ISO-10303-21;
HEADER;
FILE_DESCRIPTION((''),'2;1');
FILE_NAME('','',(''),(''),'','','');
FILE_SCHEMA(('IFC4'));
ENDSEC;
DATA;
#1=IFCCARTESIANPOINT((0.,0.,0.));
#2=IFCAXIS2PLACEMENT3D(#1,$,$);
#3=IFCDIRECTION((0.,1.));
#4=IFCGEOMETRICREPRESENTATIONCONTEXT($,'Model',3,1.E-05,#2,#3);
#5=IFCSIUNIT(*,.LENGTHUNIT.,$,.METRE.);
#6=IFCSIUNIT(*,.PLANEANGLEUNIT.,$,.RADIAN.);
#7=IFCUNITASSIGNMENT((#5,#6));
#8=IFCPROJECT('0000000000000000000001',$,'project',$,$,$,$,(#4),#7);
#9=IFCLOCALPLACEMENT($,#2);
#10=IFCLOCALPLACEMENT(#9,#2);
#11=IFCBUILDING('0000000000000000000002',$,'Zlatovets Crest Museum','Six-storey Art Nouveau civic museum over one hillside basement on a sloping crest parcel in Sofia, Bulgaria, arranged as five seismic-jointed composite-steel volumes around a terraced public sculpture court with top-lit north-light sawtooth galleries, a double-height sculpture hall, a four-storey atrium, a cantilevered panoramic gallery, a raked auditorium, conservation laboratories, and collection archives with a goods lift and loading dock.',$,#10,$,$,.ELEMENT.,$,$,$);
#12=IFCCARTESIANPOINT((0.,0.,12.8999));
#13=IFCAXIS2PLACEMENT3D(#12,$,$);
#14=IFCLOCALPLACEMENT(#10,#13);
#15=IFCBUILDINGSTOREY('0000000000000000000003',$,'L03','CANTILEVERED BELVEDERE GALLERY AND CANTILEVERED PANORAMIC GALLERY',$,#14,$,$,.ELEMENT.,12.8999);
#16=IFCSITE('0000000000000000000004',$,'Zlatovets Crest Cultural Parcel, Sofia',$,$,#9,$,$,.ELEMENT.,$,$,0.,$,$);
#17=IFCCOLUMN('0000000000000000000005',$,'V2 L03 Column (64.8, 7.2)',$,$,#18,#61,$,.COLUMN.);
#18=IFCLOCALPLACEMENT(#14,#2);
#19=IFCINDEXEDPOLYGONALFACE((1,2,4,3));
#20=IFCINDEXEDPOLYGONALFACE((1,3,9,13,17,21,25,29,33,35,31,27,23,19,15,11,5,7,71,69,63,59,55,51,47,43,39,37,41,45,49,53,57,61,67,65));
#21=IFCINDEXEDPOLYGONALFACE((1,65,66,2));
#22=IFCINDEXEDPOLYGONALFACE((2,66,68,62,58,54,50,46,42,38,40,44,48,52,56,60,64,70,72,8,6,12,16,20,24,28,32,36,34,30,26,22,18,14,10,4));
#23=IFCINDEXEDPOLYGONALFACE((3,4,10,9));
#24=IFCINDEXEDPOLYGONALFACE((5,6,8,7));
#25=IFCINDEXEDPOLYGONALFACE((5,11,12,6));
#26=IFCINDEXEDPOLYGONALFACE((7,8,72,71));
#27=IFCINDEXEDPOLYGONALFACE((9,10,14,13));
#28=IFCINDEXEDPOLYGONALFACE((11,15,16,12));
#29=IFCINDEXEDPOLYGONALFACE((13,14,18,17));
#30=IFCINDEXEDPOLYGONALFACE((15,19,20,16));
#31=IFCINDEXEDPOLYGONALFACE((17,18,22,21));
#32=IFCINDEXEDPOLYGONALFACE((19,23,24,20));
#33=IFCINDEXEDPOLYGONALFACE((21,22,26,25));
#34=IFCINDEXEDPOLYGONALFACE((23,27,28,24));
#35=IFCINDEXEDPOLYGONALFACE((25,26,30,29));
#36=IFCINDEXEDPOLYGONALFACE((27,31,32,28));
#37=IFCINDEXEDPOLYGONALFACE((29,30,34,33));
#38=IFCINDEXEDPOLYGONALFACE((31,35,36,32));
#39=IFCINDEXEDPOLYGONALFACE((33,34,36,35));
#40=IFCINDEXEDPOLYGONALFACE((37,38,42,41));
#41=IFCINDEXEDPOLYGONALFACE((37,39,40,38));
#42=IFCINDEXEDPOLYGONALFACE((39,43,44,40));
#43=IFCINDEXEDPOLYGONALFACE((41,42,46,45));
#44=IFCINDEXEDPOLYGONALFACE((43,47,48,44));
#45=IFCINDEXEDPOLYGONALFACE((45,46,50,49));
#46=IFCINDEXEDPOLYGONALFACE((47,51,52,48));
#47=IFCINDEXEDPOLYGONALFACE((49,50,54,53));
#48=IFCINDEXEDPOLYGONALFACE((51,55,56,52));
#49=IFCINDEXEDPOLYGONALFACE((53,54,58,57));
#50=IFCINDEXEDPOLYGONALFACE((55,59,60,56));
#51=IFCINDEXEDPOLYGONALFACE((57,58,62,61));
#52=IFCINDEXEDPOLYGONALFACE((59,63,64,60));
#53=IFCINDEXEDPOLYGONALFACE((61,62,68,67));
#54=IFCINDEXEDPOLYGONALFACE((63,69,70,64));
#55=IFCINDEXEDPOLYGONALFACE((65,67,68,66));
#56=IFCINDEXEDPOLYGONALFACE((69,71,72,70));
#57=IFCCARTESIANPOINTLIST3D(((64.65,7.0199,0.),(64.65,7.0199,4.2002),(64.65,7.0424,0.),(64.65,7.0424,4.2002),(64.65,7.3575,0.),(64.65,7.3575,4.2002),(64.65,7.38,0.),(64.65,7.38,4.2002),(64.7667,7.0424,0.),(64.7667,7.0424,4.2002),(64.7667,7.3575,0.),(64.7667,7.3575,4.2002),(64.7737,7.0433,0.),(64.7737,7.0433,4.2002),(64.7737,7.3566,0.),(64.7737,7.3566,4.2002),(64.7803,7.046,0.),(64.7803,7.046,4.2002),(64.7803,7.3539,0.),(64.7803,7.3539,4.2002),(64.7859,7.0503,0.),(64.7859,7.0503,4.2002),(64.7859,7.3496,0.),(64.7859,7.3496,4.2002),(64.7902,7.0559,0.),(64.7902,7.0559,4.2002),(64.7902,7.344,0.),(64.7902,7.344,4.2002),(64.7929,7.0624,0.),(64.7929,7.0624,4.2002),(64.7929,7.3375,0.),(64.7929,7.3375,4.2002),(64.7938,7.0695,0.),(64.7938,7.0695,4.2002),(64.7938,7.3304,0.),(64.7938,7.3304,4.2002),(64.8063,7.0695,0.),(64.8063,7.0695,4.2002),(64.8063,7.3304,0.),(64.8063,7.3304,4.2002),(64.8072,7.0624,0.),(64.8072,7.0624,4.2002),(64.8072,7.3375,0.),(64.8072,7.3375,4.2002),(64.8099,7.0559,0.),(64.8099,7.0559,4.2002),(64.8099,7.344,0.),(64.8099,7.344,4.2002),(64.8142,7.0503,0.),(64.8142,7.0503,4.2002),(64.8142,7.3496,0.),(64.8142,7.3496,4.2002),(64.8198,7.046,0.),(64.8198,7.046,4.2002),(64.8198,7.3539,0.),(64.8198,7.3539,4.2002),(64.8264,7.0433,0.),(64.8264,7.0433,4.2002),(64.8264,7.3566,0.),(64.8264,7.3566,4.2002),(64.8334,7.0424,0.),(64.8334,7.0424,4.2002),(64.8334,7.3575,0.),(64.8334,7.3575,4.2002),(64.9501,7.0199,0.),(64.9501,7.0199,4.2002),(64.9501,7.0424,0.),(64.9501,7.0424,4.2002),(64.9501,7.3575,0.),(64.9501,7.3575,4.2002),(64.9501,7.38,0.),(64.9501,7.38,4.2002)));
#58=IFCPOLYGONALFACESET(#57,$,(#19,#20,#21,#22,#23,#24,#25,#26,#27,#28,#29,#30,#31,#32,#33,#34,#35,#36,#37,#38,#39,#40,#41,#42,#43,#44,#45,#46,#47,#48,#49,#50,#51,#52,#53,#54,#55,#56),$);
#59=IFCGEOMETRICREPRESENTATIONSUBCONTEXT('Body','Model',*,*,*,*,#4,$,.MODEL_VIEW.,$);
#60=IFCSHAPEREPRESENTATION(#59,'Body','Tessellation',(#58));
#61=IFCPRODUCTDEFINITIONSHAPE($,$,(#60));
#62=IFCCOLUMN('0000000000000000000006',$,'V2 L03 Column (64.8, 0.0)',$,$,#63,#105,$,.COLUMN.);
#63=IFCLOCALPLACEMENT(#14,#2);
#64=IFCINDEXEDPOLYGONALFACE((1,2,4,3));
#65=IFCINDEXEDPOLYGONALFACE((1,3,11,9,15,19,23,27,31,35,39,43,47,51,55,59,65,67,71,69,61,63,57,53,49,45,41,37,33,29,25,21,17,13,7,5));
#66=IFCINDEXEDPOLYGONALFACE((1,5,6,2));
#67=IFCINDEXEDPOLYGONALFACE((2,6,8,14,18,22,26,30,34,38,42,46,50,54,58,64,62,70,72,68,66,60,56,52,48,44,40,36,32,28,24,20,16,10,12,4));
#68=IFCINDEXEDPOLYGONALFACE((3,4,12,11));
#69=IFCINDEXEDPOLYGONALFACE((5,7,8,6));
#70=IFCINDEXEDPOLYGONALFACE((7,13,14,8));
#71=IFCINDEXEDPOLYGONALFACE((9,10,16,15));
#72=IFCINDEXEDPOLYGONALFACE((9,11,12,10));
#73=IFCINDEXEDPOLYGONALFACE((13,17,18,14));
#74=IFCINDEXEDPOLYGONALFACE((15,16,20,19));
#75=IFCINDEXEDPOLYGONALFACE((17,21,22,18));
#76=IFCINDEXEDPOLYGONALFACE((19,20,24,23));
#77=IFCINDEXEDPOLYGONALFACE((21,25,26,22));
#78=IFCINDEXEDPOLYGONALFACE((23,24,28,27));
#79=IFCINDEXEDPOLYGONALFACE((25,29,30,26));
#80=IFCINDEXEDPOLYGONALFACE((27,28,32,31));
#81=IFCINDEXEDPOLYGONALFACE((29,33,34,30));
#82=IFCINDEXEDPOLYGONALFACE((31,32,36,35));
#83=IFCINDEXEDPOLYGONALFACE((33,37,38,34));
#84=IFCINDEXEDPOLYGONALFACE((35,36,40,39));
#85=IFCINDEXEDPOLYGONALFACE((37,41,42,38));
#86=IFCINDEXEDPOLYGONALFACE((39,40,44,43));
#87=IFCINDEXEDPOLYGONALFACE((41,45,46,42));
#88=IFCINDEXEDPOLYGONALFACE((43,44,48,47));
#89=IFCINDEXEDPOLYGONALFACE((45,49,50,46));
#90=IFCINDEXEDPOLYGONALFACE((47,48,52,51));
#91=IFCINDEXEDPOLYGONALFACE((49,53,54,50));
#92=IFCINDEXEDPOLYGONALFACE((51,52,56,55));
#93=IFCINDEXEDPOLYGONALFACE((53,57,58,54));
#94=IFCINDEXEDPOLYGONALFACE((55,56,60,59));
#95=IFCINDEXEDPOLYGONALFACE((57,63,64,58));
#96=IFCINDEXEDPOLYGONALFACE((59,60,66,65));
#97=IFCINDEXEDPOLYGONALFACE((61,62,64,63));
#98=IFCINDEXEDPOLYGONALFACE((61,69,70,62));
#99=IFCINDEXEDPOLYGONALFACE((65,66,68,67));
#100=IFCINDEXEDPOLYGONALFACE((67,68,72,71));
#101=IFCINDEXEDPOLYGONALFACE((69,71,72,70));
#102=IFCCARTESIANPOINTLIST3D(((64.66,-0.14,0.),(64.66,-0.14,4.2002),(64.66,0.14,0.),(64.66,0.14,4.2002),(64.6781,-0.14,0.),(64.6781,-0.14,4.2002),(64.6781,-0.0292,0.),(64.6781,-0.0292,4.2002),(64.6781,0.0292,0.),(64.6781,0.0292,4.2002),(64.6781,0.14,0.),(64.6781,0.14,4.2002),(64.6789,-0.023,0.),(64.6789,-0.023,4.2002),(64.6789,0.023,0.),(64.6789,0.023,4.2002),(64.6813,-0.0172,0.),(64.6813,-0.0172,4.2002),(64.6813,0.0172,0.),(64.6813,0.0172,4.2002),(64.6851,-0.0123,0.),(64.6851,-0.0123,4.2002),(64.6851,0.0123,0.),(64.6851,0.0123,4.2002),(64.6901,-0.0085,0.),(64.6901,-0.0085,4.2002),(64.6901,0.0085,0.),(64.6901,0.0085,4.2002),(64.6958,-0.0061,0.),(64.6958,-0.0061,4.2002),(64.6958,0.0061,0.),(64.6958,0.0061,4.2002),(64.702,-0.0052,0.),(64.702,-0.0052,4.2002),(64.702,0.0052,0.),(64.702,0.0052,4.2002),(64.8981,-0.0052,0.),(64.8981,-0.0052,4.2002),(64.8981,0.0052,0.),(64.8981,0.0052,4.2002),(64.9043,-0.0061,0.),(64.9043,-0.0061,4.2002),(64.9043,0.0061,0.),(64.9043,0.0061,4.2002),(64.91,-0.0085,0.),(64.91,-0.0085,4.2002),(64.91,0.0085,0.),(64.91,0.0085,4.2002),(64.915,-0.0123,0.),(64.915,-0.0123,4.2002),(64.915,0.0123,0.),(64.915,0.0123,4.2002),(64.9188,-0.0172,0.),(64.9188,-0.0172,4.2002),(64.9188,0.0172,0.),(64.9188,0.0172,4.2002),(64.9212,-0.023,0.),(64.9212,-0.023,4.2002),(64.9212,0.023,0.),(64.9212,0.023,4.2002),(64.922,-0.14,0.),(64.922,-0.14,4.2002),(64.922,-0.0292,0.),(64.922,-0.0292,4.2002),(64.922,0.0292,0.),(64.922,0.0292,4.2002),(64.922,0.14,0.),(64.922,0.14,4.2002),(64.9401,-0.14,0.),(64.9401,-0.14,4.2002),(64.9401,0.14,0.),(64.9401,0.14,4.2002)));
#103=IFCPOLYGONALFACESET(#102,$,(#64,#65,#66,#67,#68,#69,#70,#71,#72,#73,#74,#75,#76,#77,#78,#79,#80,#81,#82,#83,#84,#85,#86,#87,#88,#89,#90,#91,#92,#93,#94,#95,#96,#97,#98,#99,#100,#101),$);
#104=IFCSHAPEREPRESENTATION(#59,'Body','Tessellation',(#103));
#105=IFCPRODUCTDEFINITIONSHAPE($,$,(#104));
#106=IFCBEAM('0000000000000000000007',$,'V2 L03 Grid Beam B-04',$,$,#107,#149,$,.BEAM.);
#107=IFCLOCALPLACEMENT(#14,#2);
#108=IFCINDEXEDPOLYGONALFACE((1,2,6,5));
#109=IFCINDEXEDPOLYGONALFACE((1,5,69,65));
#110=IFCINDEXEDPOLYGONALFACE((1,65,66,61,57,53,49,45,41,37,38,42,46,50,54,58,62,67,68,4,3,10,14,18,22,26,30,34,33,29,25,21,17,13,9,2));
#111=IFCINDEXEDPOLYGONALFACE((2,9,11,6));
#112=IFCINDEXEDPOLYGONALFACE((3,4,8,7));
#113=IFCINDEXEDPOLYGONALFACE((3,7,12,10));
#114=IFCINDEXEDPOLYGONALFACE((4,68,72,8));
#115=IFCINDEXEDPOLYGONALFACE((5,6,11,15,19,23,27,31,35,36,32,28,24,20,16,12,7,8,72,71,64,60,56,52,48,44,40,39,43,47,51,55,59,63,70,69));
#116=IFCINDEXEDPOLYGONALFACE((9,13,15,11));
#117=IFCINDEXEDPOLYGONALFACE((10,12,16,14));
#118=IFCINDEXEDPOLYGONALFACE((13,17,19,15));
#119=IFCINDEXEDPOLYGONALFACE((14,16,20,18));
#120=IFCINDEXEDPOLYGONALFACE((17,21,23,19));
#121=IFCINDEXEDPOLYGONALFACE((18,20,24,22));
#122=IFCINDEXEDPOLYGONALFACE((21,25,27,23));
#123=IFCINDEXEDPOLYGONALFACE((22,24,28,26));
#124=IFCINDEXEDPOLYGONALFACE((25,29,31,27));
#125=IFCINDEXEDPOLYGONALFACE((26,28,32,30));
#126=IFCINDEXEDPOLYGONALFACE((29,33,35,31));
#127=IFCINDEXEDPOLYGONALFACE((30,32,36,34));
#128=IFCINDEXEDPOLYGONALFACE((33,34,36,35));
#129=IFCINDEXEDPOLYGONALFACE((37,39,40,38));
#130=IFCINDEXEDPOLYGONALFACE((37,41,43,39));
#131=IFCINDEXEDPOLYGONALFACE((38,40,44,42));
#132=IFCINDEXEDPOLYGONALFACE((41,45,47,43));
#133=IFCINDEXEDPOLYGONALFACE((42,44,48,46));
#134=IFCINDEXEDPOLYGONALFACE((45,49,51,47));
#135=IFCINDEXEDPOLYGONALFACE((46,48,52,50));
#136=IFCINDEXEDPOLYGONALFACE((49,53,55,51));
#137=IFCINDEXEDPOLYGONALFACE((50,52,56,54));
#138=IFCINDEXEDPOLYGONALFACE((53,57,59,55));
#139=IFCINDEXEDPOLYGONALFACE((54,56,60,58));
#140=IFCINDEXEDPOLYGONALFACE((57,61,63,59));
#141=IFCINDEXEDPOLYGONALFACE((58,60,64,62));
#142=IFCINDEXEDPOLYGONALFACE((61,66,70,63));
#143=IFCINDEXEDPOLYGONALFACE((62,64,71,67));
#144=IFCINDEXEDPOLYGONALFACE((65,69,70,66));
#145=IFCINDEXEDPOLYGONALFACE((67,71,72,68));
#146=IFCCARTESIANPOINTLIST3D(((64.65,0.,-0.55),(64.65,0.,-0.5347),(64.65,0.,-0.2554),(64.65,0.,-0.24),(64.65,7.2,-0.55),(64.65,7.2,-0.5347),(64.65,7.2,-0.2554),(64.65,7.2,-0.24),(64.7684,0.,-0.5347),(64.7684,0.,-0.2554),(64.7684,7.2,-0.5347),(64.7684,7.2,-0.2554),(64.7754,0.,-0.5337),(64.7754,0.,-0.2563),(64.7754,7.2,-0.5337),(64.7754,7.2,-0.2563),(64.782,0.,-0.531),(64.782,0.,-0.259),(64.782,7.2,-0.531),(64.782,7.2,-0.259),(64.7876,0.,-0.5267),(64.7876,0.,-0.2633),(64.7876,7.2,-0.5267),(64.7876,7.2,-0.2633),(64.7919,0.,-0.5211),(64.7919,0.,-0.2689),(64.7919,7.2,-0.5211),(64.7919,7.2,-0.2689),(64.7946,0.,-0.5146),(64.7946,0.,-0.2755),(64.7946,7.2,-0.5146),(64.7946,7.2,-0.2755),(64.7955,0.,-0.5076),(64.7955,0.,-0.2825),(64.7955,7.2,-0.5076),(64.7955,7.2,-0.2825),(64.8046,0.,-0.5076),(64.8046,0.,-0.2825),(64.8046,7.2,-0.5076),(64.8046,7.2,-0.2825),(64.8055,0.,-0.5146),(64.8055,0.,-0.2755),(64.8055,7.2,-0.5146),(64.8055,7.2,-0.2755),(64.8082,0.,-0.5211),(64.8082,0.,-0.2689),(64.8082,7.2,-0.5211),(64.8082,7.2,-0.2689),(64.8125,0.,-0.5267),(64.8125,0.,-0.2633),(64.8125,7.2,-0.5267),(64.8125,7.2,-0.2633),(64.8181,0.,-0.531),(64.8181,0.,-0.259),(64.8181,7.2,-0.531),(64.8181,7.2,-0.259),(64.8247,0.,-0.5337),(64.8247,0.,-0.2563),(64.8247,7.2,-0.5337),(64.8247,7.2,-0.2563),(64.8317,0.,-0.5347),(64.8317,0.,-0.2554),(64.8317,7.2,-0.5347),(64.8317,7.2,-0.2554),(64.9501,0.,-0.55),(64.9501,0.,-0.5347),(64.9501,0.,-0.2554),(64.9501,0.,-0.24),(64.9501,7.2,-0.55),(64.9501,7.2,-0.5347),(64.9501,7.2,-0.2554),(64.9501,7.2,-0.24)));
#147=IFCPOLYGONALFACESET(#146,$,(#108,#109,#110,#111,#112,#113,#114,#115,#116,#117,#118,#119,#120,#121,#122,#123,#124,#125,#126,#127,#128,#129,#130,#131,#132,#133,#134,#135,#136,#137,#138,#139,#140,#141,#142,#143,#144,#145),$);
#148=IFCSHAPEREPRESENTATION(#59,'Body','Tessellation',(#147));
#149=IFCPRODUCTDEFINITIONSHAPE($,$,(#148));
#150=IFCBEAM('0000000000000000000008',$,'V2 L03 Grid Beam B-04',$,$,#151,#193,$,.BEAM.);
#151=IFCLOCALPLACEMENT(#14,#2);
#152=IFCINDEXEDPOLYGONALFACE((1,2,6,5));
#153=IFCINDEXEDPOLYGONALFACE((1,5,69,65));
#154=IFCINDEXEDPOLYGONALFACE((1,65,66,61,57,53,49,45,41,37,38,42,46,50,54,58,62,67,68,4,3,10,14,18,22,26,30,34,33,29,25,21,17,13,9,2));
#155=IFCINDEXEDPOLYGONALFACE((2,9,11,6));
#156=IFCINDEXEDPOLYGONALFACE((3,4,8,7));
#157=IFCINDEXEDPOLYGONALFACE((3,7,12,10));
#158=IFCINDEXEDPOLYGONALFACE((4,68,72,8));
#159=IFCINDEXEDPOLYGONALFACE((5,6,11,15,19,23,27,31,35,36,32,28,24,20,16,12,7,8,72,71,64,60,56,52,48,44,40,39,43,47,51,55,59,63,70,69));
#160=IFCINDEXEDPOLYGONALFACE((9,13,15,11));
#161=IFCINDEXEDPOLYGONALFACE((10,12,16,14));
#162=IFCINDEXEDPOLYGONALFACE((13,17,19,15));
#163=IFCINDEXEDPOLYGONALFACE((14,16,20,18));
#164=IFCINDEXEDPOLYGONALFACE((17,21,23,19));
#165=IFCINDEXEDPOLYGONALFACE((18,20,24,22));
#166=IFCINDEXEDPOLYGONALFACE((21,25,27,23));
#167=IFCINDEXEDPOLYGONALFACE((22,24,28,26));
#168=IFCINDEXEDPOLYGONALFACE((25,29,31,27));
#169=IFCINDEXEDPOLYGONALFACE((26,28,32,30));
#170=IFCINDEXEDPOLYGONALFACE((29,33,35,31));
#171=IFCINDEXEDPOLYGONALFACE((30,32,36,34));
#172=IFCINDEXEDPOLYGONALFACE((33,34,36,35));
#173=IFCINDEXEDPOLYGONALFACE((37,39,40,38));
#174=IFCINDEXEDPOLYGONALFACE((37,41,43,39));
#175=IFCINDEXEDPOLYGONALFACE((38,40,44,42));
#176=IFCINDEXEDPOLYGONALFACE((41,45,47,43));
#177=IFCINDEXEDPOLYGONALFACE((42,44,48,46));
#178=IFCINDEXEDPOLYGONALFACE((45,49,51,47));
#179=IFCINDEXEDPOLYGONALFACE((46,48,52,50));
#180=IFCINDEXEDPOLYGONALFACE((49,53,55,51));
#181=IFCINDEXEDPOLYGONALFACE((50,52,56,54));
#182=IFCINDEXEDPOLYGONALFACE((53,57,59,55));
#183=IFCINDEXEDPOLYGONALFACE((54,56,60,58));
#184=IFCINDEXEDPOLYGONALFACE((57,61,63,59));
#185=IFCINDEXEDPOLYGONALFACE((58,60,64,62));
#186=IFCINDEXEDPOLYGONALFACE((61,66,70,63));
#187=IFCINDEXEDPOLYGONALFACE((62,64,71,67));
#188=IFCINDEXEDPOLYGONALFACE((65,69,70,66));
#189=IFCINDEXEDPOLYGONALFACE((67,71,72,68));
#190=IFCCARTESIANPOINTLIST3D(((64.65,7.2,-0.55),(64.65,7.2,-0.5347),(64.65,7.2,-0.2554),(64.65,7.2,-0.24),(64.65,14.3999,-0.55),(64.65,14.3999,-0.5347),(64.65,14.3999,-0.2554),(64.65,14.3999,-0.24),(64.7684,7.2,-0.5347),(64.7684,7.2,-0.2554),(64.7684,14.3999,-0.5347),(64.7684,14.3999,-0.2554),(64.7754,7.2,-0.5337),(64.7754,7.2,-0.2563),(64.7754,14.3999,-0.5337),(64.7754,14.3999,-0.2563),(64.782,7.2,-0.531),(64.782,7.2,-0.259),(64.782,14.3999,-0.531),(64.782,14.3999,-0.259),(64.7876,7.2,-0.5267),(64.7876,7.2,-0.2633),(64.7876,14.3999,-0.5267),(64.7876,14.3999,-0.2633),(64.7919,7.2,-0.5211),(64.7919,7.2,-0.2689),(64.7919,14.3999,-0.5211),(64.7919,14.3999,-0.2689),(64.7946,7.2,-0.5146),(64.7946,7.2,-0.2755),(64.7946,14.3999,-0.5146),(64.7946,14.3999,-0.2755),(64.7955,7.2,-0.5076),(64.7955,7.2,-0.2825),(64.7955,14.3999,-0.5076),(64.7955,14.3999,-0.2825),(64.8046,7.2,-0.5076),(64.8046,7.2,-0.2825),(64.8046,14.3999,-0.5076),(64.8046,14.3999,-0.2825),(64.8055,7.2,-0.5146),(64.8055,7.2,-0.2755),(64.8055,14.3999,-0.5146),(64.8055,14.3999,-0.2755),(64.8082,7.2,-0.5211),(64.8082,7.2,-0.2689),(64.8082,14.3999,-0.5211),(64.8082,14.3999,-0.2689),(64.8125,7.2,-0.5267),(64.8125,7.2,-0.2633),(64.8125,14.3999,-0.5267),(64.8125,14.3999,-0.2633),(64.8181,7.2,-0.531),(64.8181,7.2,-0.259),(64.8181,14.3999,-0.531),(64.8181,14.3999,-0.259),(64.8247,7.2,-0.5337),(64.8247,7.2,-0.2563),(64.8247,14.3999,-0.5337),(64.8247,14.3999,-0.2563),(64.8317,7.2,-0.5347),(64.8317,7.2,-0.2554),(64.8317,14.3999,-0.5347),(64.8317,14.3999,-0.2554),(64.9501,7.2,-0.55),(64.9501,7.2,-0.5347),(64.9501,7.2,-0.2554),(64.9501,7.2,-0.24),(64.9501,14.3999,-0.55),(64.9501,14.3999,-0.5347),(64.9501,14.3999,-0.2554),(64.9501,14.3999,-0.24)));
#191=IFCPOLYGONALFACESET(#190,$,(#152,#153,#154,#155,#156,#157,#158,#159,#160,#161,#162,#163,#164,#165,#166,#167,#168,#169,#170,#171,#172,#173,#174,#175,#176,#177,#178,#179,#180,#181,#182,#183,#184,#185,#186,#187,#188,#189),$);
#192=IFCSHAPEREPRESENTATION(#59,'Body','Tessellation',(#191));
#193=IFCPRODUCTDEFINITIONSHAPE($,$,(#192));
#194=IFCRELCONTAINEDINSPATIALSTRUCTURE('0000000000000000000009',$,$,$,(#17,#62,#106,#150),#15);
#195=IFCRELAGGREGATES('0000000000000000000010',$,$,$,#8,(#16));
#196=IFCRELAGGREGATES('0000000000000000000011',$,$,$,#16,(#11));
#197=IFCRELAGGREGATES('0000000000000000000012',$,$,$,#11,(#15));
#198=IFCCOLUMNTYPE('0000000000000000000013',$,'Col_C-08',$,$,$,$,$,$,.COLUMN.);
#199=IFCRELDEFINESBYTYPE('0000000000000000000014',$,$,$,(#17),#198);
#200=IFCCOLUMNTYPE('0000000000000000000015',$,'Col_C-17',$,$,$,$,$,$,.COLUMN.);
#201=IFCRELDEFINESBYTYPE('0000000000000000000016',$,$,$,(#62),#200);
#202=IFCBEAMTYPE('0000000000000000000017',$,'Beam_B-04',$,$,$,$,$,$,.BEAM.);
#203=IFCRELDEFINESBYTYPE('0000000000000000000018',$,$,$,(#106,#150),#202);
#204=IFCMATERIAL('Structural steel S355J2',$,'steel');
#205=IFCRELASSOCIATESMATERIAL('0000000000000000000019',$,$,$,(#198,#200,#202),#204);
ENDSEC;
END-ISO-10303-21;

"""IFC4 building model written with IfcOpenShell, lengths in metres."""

from ifc_helpers import new_model, si_unit, direction, frame, origin, origin_2d, place, context, subcontext, project, spatial, i_section, extrude, material, material_profile, profile_set, type_object, element, save


model = new_model("IFC4")

# Units and contexts
model_context = context("Model", 3, precision=1e-05, world=origin(), true_north=direction((0.0, 1.0)))
body_context = subcontext(model_context, "Body", "Model", "MODEL_VIEW")
ifc_project = project(units=[si_unit("LENGTHUNIT", "METRE"), si_unit("PLANEANGLEUNIT", "RADIAN")], contexts=[model_context])

# Site, building, storey
site_placement = place(None, origin())
site = spatial("IfcSite", under=ifc_project, at=site_placement, Name="Zlatovets Crest Cultural Parcel, Sofia", CompositionType="ELEMENT", RefElevation=0.0)
building_placement = place(site_placement, origin())
building = spatial("IfcBuilding", under=site, at=building_placement, Name="Zlatovets Crest Museum", Description="Six-storey Art Nouveau civic museum over one hillside basement on a sloping crest parcel in Sofia, Bulgaria, arranged as five seismic-jointed composite-steel volumes around a terraced public sculpture court with top-lit north-light sawtooth galleries, a double-height sculpture hall, a four-storey atrium, a cantilevered panoramic gallery, a raked auditorium, conservation laboratories, and collection archives with a goods lift and loading dock.", CompositionType="ELEMENT")
storey_placement = place(building_placement, frame((0.0, 0.0, 12.8999)))
storey = spatial("IfcBuildingStorey", under=building, at=storey_placement, Name="L03", Description="CANTILEVERED BELVEDERE GALLERY AND CANTILEVERED PANORAMIC GALLERY", CompositionType="ELEMENT", Elevation=12.8999)

# Columns
ifc_material_1 = material(Name="Structural steel S355J2", Category="steel")
ifc_material_profile_1 = material_profile(ifc_material_1, i_section(OverallWidth=0.3, OverallDepth=0.3601, WebThickness=0.0125, FlangeThickness=0.0225, FilletRadius=0.0271, at=origin_2d()), Name="HEB 360")
ifc_profile_set_1 = profile_set([ifc_material_profile_1], Name="Structural steel S355J2")
column_type_1 = type_object("IfcColumnType", Name="Col_C-08", PredefinedType="COLUMN", material=ifc_profile_set_1)
column_1_placement = place(storey_placement, frame((64.8, 7.2, 0.0), z_axis=(0.0, 0.0, 1.0), x_axis=(1.0, 0.0, 0.0)))
element("IfcColumn", 1, at=column_1_placement, inside=storey, type_object=column_type_1, Name="V2 L03 Column (64.8, 7.2)", PredefinedType="COLUMN", context=body_context, shape_type="SweptSolid", body=[
    extrude(i_section(OverallWidth=0.3, OverallDepth=0.3601, WebThickness=0.0125, FlangeThickness=0.0225, FilletRadius=0.0271, at=origin_2d()), origin(), (0.0, 0.0, 1.0), 4.2002),
])
ifc_material_profile_2 = material_profile(ifc_material_1, i_section(OverallWidth=0.28, OverallDepth=0.28, WebThickness=0.0105, FlangeThickness=0.0181, FilletRadius=0.0239, at=origin_2d()), Name="HEB 280")
ifc_profile_set_2 = profile_set([ifc_material_profile_2], Name="Structural steel S355J2")
column_type_2 = type_object("IfcColumnType", Name="Col_C-17", PredefinedType="COLUMN", material=ifc_profile_set_2)
column_2_placement = place(storey_placement, frame((64.8, 0.0, 0.0), z_axis=(0.0, 0.0, 1.0), x_axis=(0.0, 1.0, 0.0)))
element("IfcColumn", 2, at=column_2_placement, inside=storey, type_object=column_type_2, Name="V2 L03 Column (64.8, 0.0)", PredefinedType="COLUMN", context=body_context, shape_type="SweptSolid", body=[
    extrude(i_section(OverallWidth=0.28, OverallDepth=0.28, WebThickness=0.0105, FlangeThickness=0.0181, FilletRadius=0.0239, at=origin_2d()), origin(), (0.0, 0.0, 1.0), 4.2002),
])

# Beams
ifc_material_profile_3 = material_profile(ifc_material_1, i_section(OverallWidth=0.3, OverallDepth=0.3101, WebThickness=0.009, FlangeThickness=0.0154, FilletRadius=0.0271, at=origin_2d()), Name="HEA 320")
ifc_profile_set_3 = profile_set([ifc_material_profile_3], Name="Structural steel S355J2")
beam_type_1 = type_object("IfcBeamType", Name="Beam_B-04", PredefinedType="BEAM", material=ifc_profile_set_3)
for number, where, z_axis, x_axis, name in (
    (3, (64.8, 0.0, -0.395), (0.0, 1.0, 0.0), (-1.0, 0.0, 0.0), "V2 L03 Grid Beam B-04"),
    (4, (64.8, 7.2, -0.395), (0.0, 1.0, 0.0), (-1.0, 0.0, 0.0), "V2 L03 Grid Beam B-04"),
):
    element("IfcBeam", number, at=place(storey_placement, frame(where, z_axis=z_axis, x_axis=x_axis)), inside=storey, type_object=beam_type_1, Name=name, PredefinedType="BEAM", context=body_context, shape_type="SweptSolid", body=[
        extrude(i_section(OverallWidth=0.3, OverallDepth=0.3101, WebThickness=0.009, FlangeThickness=0.0154, FilletRadius=0.0271, at=origin_2d()), origin(), (0.0, 0.0, 1.0), 7.2),
    ])

save(model, "model.ifc")
